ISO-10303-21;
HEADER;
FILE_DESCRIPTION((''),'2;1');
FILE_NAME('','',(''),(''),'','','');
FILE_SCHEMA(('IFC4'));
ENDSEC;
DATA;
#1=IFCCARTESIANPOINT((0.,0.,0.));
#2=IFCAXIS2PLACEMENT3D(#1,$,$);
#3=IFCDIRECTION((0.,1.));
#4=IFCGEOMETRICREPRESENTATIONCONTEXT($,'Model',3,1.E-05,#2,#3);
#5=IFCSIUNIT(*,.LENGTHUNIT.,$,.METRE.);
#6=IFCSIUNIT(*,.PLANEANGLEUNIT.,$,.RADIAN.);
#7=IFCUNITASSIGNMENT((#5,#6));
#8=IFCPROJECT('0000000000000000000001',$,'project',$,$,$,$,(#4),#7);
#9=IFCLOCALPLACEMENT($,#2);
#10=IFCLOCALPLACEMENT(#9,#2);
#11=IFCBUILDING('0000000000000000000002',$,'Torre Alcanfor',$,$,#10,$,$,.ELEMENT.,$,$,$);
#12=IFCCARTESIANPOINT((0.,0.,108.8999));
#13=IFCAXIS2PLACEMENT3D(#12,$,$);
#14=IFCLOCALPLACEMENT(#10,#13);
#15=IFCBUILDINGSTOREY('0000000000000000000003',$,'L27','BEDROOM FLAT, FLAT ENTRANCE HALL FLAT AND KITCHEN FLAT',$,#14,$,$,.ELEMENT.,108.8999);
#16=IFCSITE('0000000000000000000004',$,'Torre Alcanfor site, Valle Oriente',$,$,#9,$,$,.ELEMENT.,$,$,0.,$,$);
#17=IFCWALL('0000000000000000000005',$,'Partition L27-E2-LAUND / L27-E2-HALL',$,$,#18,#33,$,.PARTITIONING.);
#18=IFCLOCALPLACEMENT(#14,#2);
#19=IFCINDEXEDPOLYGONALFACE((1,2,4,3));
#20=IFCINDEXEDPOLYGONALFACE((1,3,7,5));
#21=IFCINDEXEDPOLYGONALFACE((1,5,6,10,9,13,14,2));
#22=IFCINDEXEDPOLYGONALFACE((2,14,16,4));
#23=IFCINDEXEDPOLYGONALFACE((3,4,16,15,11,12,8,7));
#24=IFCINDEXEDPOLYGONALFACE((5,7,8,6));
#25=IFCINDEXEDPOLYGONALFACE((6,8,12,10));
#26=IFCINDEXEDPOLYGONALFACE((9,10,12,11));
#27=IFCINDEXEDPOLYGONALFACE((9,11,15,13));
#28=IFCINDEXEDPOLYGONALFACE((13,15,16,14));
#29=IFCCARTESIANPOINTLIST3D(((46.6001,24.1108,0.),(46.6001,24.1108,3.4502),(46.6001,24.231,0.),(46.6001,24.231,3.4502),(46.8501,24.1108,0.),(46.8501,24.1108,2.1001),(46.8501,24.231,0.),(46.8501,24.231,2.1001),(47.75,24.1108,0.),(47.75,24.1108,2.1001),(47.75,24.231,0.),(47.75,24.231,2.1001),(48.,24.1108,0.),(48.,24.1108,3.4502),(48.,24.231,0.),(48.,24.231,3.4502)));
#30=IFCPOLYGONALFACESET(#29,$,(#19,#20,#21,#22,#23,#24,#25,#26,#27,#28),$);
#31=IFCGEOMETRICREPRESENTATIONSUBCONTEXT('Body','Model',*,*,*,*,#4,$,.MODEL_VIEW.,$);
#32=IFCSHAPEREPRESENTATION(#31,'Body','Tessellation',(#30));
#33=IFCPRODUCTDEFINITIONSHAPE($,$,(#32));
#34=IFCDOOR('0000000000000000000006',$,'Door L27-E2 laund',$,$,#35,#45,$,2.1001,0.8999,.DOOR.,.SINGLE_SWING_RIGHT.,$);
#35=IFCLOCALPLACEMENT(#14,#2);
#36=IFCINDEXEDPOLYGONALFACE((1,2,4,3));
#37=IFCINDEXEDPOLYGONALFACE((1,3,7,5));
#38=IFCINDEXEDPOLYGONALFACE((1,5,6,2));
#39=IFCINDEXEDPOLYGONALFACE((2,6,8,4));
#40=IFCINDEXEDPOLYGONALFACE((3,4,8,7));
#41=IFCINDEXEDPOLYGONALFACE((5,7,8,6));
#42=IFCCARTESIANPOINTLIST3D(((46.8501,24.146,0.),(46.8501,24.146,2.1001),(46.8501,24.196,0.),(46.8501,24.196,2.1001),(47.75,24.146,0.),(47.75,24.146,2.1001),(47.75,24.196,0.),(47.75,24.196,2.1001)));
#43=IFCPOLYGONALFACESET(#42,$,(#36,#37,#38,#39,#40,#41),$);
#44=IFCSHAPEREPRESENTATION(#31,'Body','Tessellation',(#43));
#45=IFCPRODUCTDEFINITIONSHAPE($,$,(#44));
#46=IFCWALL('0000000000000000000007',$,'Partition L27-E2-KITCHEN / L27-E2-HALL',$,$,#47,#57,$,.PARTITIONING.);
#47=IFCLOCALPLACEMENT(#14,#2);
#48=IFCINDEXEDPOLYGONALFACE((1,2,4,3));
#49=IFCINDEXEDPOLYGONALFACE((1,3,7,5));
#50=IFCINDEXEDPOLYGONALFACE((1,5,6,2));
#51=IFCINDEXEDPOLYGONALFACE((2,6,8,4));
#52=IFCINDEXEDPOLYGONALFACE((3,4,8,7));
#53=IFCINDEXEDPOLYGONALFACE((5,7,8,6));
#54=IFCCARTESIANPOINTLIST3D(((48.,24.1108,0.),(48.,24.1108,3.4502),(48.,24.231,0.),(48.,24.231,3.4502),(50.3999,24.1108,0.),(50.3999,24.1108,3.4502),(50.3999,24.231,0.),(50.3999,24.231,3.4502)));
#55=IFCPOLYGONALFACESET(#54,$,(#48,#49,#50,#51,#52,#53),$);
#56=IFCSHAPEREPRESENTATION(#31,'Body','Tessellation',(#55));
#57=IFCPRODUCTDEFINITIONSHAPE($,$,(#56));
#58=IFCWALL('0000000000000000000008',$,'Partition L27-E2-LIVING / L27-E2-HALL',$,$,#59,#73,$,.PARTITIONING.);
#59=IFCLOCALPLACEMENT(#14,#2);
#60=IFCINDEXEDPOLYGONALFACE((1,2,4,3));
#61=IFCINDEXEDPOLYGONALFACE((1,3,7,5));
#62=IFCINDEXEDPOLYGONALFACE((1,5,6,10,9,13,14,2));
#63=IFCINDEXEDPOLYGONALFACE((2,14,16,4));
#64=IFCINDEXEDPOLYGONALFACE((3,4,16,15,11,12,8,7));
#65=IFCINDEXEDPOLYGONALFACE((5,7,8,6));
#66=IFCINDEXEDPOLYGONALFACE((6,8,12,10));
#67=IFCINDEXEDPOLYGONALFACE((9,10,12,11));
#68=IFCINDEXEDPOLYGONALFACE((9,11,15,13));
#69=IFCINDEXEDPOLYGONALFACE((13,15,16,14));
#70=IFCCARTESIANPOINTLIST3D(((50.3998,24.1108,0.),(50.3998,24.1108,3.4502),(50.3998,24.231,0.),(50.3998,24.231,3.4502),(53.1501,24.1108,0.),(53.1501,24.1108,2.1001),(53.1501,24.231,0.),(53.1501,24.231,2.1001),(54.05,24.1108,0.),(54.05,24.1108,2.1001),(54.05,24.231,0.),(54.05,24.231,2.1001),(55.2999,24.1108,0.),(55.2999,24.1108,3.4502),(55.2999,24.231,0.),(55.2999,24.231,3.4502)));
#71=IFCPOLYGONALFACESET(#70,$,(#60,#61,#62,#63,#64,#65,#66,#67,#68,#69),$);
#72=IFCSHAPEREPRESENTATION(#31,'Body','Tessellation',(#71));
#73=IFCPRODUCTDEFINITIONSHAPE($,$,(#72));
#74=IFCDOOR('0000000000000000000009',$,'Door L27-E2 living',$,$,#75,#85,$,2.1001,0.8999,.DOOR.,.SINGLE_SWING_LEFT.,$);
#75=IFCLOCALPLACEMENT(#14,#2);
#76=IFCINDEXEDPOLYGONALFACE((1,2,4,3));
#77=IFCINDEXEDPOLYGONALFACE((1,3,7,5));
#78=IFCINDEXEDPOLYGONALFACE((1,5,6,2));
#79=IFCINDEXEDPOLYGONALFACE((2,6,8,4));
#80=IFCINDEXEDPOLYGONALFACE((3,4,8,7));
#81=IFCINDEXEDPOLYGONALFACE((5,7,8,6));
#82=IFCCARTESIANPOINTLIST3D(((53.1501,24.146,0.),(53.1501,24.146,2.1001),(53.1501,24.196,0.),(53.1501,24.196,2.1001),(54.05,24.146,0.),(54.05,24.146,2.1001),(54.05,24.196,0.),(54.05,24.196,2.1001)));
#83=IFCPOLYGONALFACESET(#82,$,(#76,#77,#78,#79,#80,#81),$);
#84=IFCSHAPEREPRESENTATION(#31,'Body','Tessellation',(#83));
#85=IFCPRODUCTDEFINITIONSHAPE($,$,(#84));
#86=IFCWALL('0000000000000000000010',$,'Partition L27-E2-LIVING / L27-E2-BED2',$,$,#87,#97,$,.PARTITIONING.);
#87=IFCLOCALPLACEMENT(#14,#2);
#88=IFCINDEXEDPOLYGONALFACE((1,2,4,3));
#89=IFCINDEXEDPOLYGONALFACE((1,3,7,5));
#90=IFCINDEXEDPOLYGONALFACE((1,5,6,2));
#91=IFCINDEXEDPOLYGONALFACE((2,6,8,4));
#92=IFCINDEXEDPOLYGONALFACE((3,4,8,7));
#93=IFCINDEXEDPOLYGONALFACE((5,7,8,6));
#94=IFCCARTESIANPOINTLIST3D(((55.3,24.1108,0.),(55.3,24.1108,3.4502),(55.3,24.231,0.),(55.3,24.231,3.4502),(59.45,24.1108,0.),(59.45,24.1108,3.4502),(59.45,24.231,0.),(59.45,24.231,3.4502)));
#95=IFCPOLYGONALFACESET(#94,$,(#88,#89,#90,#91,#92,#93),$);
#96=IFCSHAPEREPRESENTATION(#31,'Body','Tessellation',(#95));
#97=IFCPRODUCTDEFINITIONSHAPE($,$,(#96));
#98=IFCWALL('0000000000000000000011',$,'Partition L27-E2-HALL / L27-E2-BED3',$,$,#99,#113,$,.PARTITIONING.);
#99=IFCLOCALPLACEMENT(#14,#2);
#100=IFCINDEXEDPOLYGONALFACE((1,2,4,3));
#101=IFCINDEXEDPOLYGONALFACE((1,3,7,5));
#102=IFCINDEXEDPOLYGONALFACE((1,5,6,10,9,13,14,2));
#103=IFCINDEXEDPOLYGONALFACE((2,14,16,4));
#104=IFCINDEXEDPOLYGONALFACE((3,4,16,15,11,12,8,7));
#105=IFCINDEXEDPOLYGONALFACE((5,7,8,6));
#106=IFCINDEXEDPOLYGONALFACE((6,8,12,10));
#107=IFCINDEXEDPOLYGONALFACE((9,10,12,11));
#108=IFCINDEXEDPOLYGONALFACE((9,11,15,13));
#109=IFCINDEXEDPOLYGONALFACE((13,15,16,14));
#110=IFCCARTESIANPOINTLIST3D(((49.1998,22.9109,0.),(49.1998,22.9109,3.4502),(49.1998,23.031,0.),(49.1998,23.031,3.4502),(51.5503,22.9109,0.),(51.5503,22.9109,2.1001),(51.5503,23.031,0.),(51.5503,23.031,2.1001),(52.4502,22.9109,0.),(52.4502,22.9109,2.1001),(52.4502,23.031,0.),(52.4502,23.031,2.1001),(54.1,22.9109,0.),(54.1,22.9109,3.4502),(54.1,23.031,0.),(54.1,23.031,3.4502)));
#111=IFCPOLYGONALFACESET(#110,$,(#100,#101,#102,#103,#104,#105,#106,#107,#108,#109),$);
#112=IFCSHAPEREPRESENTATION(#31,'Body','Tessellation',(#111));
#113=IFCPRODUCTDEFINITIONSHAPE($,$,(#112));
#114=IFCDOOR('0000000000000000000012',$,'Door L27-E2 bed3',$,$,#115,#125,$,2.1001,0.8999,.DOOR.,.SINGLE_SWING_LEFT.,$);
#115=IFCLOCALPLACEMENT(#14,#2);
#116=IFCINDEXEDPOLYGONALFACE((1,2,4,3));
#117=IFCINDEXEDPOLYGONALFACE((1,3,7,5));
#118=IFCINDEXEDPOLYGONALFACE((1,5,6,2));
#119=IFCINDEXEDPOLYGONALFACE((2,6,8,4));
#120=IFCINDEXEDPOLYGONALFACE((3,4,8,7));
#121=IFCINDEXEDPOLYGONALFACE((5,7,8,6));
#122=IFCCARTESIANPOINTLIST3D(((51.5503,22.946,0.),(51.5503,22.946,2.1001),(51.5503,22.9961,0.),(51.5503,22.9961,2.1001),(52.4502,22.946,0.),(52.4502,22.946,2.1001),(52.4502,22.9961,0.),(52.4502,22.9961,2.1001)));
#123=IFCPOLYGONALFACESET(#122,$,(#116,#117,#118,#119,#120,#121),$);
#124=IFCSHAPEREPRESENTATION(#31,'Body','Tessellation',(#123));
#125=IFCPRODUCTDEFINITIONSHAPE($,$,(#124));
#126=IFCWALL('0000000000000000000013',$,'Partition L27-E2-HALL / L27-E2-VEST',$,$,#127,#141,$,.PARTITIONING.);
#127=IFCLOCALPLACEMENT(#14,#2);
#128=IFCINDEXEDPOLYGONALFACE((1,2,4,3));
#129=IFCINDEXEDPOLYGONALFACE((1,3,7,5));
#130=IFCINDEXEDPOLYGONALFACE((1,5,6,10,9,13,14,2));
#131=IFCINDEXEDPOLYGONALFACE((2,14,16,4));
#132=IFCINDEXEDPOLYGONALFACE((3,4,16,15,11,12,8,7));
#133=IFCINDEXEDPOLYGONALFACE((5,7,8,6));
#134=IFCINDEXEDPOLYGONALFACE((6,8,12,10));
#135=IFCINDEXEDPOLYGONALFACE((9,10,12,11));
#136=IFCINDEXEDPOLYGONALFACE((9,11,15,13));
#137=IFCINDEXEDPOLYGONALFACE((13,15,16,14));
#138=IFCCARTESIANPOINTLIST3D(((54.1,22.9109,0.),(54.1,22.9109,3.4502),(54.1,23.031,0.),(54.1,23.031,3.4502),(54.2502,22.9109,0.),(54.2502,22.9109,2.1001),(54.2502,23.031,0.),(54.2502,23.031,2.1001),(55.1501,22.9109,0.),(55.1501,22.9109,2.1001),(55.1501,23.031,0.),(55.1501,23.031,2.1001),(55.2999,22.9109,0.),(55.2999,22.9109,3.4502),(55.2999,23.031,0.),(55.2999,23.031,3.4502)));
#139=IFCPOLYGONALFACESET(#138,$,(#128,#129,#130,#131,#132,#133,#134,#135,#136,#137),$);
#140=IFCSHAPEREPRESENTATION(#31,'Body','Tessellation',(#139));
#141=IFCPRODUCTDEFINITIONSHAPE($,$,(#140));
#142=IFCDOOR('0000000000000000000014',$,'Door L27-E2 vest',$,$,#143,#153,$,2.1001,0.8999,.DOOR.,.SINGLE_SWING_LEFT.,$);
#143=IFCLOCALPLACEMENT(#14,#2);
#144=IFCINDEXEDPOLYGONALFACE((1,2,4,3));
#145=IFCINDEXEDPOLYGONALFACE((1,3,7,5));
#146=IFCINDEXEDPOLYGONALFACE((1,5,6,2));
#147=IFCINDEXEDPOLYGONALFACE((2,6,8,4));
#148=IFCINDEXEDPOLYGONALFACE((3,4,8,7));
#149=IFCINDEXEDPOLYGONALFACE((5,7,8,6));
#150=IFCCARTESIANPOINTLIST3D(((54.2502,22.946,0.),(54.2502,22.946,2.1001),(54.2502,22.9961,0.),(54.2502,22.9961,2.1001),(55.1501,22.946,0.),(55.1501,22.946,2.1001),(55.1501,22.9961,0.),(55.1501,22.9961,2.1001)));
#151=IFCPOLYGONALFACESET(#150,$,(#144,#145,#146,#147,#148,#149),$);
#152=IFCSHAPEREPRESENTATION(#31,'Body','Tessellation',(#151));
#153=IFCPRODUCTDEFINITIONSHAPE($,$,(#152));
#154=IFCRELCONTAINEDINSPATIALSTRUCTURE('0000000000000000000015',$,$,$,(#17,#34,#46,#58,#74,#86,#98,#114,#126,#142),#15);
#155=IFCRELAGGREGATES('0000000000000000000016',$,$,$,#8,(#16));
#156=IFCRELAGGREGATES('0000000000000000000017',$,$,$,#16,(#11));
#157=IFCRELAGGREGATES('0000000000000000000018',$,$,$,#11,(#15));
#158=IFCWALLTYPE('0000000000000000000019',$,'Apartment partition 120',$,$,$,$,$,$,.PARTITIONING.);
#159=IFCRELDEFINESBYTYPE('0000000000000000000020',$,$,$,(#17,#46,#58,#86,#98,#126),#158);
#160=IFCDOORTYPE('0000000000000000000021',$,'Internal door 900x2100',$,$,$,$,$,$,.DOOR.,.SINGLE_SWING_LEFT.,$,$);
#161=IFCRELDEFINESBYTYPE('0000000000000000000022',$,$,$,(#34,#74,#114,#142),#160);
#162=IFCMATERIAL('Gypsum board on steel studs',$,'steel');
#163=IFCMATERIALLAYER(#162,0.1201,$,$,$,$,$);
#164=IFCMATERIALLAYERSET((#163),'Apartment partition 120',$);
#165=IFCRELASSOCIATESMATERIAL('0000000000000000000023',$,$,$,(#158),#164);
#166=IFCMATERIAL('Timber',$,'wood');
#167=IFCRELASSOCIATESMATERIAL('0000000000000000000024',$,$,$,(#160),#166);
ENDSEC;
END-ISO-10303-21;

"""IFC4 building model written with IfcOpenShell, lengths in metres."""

from ifc_helpers import new_model, si_unit, direction, frame, frame_2d, origin, place, context, subcontext, project, spatial, rectangle, extrude, material, layer, layer_set, type_object, element, fill, save


model = new_model("IFC4")

# Units and contexts
model_context = context("Model", 3, precision=1e-05, world=origin(), true_north=direction((0.0, 1.0)))
body_context = subcontext(model_context, "Body", "Model", "MODEL_VIEW")
ifc_project = project(units=[si_unit("LENGTHUNIT", "METRE"), si_unit("PLANEANGLEUNIT", "RADIAN")], contexts=[model_context])

# Site, building, storey
site_placement = place(None, origin())
site = spatial("IfcSite", under=ifc_project, at=site_placement, Name="Torre Alcanfor site, Valle Oriente", CompositionType="ELEMENT", RefElevation=0.0)
building_placement = place(site_placement, origin())
building = spatial("IfcBuilding", under=site, at=building_placement, Name="Torre Alcanfor", CompositionType="ELEMENT")
storey_placement = place(building_placement, frame((0.0, 0.0, 108.8999)))
storey = spatial("IfcBuildingStorey", under=building, at=storey_placement, Name="L27", Description="BEDROOM FLAT, FLAT ENTRANCE HALL FLAT AND KITCHEN FLAT", CompositionType="ELEMENT", Elevation=108.8999)

# Shared definitions
ifc_material_1 = material(Name="Gypsum board on steel studs", Category="steel")
ifc_layer_1 = layer(ifc_material_1, 0.1201)
ifc_layer_set_1 = layer_set([ifc_layer_1], Name="Apartment partition 120")
wall_type_1 = type_object("IfcWallType", Name="Apartment partition 120", PredefinedType="PARTITIONING", material=ifc_layer_set_1)

# Wall, opening, door
wall_1_placement = place(storey_placement, frame((48.0, 24.1709, 0.0), z_axis=(0.0, 0.0, 1.0), x_axis=(-1.0, 0.0, 0.0)))
wall_1 = element("IfcWall", 1, at=wall_1_placement, inside=storey, type_object=wall_type_1, Name="Partition L27-E2-LAUND / L27-E2-HALL", PredefinedType="PARTITIONING", context=body_context, shape_type="SweptSolid", body=[
    extrude(rectangle(XDim=1.3999, YDim=0.1201, at=frame_2d((0.7, 0.0))), origin(), (0.0, 0.0, 1.0), 3.4502),
])
opening_1_placement = place(wall_1_placement, frame((0.25, 0.0, 0.0)))
opening_1 = element("IfcOpeningElement", 2, at=opening_1_placement, cuts=wall_1, PredefinedType="OPENING", context=body_context, shape_type="SweptSolid", body=[
    extrude(rectangle(XDim=0.8999, YDim=2.1001, at=frame_2d((0.45, 1.05))), frame((0.0, 0.0701, 0.0), z_axis=(0.0, -1.0, 0.0), x_axis=(1.0, 0.0, 0.0)), (0.0, 0.0, 1.0), 0.1401),
])
ifc_material_2 = material(Name="Timber", Category="wood")
door_type_1 = type_object("IfcDoorType", Name="Internal door 900x2100", OperationType="SINGLE_SWING_LEFT", PredefinedType="DOOR", material=ifc_material_2)
door_1_placement = place(opening_1_placement, frame((0.8999, 0.0, 0.0), z_axis=(0.0, 0.0, 1.0), x_axis=(-1.0, 0.0, 0.0)))
door_1 = element("IfcDoor", 3, at=door_1_placement, inside=storey, type_object=door_type_1, Name="Door L27-E2 laund", OperationType="SINGLE_SWING_RIGHT", OverallHeight=2.1001, OverallWidth=0.8999, PredefinedType="DOOR", context=body_context, shape_type="SweptSolid", body=[
    extrude(rectangle(XDim=0.8999, YDim=2.1001, at=frame_2d((0.45, 1.05))), frame((0.0, 0.0251, 0.0), z_axis=(0.0, -1.0, 0.0), x_axis=(1.0, 0.0, 0.0)), (0.0, 0.0, 1.0), 0.05),
])
fill(opening_1, door_1)

# Wall
wall_2_placement = place(storey_placement, frame((50.3999, 24.1709, 0.0), z_axis=(0.0, 0.0, 1.0), x_axis=(-1.0, 0.0, 0.0)))
element("IfcWall", 4, at=wall_2_placement, inside=storey, type_object=wall_type_1, Name="Partition L27-E2-KITCHEN / L27-E2-HALL", PredefinedType="PARTITIONING", context=body_context, shape_type="SweptSolid", body=[
    extrude(rectangle(XDim=2.3999, YDim=0.1201, at=frame_2d((1.2, 0.0))), origin(), (0.0, 0.0, 1.0), 3.4502),
])

# Wall, opening, door
wall_3_placement = place(storey_placement, frame((55.3, 24.1709, 0.0), z_axis=(0.0, 0.0, 1.0), x_axis=(-1.0, 0.0, 0.0)))
wall_3 = element("IfcWall", 5, at=wall_3_placement, inside=storey, type_object=wall_type_1, Name="Partition L27-E2-LIVING / L27-E2-HALL", PredefinedType="PARTITIONING", context=body_context, shape_type="SweptSolid", body=[
    extrude(rectangle(XDim=4.9001, YDim=0.1201, at=frame_2d((2.4502, 0.0))), origin(), (0.0, 0.0, 1.0), 3.4502),
])
opening_2_placement = place(wall_3_placement, frame((1.25, 0.0, 0.0)))
opening_2 = element("IfcOpeningElement", 6, at=opening_2_placement, cuts=wall_3, PredefinedType="OPENING", context=body_context, shape_type="SweptSolid", body=[
    extrude(rectangle(XDim=0.8999, YDim=2.1001, at=frame_2d((0.45, 1.05))), frame((0.0, 0.0701, 0.0), z_axis=(0.0, -1.0, 0.0), x_axis=(1.0, 0.0, 0.0)), (0.0, 0.0, 1.0), 0.1401),
])
door_2_placement = place(opening_2_placement, frame((0.8999, 0.0, 0.0), z_axis=(0.0, 0.0, 1.0), x_axis=(-1.0, 0.0, 0.0)))
door_2 = element("IfcDoor", 7, at=door_2_placement, inside=storey, type_object=door_type_1, Name="Door L27-E2 living", OperationType="SINGLE_SWING_LEFT", OverallHeight=2.1001, OverallWidth=0.8999, PredefinedType="DOOR", context=body_context, shape_type="SweptSolid", body=[
    extrude(rectangle(XDim=0.8999, YDim=2.1001, at=frame_2d((0.45, 1.05))), frame((0.0, 0.0251, 0.0), z_axis=(0.0, -1.0, 0.0), x_axis=(1.0, 0.0, 0.0)), (0.0, 0.0, 1.0), 0.05),
])
fill(opening_2, door_2)

# Wall
wall_4_placement = place(storey_placement, frame((59.45, 24.1709, 0.0), z_axis=(0.0, 0.0, 1.0), x_axis=(-1.0, 0.0, 0.0)))
element("IfcWall", 8, at=wall_4_placement, inside=storey, type_object=wall_type_1, Name="Partition L27-E2-LIVING / L27-E2-BED2", PredefinedType="PARTITIONING", context=body_context, shape_type="SweptSolid", body=[
    extrude(rectangle(XDim=4.1499, YDim=0.1201, at=frame_2d((2.075, 0.0))), origin(), (0.0, 0.0, 1.0), 3.4502),
])

# Walls, openings, doors
wall_5_placement = place(storey_placement, frame((54.1001, 22.9709, 0.0), z_axis=(0.0, 0.0, 1.0), x_axis=(-1.0, 0.0, 0.0)))
wall_5 = element("IfcWall", 9, at=wall_5_placement, inside=storey, type_object=wall_type_1, Name="Partition L27-E2-HALL / L27-E2-BED3", PredefinedType="PARTITIONING", context=body_context, shape_type="SweptSolid", body=[
    extrude(rectangle(XDim=4.9001, YDim=0.1201, at=frame_2d((2.4502, 0.0))), origin(), (0.0, 0.0, 1.0), 3.4502),
])
opening_3_placement = place(wall_5_placement, frame((1.6499, 0.0, 0.0)))
opening_3 = element("IfcOpeningElement", 10, at=opening_3_placement, cuts=wall_5, PredefinedType="OPENING", context=body_context, shape_type="SweptSolid", body=[
    extrude(rectangle(XDim=0.8999, YDim=2.1001, at=frame_2d((0.45, 1.05))), frame((0.0, 0.0701, 0.0), z_axis=(0.0, -1.0, 0.0), x_axis=(1.0, 0.0, 0.0)), (0.0, 0.0, 1.0), 0.1401),
])
door_3_placement = place(opening_3_placement, origin())
door_3 = element("IfcDoor", 11, at=door_3_placement, inside=storey, type_object=door_type_1, Name="Door L27-E2 bed3", OperationType="SINGLE_SWING_LEFT", OverallHeight=2.1001, OverallWidth=0.8999, PredefinedType="DOOR", context=body_context, shape_type="SweptSolid", body=[
    extrude(rectangle(XDim=0.8999, YDim=2.1001, at=frame_2d((0.45, 1.05))), frame((0.0, 0.0249, 0.0), z_axis=(0.0, -1.0, 0.0), x_axis=(1.0, 0.0, 0.0)), (0.0, 0.0, 1.0), 0.05),
])
fill(opening_3, door_3)
wall_6_placement = place(storey_placement, frame((55.3, 22.9709, 0.0), z_axis=(0.0, 0.0, 1.0), x_axis=(-1.0, 0.0, 0.0)))
wall_6 = element("IfcWall", 12, at=wall_6_placement, inside=storey, type_object=wall_type_1, Name="Partition L27-E2-HALL / L27-E2-VEST", PredefinedType="PARTITIONING", context=body_context, shape_type="SweptSolid", body=[
    extrude(rectangle(XDim=1.2, YDim=0.1201, at=frame_2d((0.6001, 0.0))), origin(), (0.0, 0.0, 1.0), 3.4502),
])
opening_4_placement = place(wall_6_placement, frame((0.1499, 0.0, 0.0)))
opening_4 = element("IfcOpeningElement", 13, at=opening_4_placement, cuts=wall_6, PredefinedType="OPENING", context=body_context, shape_type="SweptSolid", body=[
    extrude(rectangle(XDim=0.8999, YDim=2.1001, at=frame_2d((0.45, 1.05))), frame((0.0, 0.0701, 0.0), z_axis=(0.0, -1.0, 0.0), x_axis=(1.0, 0.0, 0.0)), (0.0, 0.0, 1.0), 0.1401),
])
door_4_placement = place(opening_4_placement, origin())
door_4 = element("IfcDoor", 14, at=door_4_placement, inside=storey, type_object=door_type_1, Name="Door L27-E2 vest", OperationType="SINGLE_SWING_LEFT", OverallHeight=2.1001, OverallWidth=0.8999, PredefinedType="DOOR", context=body_context, shape_type="SweptSolid", body=[
    extrude(rectangle(XDim=0.8999, YDim=2.1001, at=frame_2d((0.45, 1.05))), frame((0.0, 0.0249, 0.0), z_axis=(0.0, -1.0, 0.0), x_axis=(1.0, 0.0, 0.0)), (0.0, 0.0, 1.0), 0.05),
])
fill(opening_4, door_4)

save(model, "model.ifc")
